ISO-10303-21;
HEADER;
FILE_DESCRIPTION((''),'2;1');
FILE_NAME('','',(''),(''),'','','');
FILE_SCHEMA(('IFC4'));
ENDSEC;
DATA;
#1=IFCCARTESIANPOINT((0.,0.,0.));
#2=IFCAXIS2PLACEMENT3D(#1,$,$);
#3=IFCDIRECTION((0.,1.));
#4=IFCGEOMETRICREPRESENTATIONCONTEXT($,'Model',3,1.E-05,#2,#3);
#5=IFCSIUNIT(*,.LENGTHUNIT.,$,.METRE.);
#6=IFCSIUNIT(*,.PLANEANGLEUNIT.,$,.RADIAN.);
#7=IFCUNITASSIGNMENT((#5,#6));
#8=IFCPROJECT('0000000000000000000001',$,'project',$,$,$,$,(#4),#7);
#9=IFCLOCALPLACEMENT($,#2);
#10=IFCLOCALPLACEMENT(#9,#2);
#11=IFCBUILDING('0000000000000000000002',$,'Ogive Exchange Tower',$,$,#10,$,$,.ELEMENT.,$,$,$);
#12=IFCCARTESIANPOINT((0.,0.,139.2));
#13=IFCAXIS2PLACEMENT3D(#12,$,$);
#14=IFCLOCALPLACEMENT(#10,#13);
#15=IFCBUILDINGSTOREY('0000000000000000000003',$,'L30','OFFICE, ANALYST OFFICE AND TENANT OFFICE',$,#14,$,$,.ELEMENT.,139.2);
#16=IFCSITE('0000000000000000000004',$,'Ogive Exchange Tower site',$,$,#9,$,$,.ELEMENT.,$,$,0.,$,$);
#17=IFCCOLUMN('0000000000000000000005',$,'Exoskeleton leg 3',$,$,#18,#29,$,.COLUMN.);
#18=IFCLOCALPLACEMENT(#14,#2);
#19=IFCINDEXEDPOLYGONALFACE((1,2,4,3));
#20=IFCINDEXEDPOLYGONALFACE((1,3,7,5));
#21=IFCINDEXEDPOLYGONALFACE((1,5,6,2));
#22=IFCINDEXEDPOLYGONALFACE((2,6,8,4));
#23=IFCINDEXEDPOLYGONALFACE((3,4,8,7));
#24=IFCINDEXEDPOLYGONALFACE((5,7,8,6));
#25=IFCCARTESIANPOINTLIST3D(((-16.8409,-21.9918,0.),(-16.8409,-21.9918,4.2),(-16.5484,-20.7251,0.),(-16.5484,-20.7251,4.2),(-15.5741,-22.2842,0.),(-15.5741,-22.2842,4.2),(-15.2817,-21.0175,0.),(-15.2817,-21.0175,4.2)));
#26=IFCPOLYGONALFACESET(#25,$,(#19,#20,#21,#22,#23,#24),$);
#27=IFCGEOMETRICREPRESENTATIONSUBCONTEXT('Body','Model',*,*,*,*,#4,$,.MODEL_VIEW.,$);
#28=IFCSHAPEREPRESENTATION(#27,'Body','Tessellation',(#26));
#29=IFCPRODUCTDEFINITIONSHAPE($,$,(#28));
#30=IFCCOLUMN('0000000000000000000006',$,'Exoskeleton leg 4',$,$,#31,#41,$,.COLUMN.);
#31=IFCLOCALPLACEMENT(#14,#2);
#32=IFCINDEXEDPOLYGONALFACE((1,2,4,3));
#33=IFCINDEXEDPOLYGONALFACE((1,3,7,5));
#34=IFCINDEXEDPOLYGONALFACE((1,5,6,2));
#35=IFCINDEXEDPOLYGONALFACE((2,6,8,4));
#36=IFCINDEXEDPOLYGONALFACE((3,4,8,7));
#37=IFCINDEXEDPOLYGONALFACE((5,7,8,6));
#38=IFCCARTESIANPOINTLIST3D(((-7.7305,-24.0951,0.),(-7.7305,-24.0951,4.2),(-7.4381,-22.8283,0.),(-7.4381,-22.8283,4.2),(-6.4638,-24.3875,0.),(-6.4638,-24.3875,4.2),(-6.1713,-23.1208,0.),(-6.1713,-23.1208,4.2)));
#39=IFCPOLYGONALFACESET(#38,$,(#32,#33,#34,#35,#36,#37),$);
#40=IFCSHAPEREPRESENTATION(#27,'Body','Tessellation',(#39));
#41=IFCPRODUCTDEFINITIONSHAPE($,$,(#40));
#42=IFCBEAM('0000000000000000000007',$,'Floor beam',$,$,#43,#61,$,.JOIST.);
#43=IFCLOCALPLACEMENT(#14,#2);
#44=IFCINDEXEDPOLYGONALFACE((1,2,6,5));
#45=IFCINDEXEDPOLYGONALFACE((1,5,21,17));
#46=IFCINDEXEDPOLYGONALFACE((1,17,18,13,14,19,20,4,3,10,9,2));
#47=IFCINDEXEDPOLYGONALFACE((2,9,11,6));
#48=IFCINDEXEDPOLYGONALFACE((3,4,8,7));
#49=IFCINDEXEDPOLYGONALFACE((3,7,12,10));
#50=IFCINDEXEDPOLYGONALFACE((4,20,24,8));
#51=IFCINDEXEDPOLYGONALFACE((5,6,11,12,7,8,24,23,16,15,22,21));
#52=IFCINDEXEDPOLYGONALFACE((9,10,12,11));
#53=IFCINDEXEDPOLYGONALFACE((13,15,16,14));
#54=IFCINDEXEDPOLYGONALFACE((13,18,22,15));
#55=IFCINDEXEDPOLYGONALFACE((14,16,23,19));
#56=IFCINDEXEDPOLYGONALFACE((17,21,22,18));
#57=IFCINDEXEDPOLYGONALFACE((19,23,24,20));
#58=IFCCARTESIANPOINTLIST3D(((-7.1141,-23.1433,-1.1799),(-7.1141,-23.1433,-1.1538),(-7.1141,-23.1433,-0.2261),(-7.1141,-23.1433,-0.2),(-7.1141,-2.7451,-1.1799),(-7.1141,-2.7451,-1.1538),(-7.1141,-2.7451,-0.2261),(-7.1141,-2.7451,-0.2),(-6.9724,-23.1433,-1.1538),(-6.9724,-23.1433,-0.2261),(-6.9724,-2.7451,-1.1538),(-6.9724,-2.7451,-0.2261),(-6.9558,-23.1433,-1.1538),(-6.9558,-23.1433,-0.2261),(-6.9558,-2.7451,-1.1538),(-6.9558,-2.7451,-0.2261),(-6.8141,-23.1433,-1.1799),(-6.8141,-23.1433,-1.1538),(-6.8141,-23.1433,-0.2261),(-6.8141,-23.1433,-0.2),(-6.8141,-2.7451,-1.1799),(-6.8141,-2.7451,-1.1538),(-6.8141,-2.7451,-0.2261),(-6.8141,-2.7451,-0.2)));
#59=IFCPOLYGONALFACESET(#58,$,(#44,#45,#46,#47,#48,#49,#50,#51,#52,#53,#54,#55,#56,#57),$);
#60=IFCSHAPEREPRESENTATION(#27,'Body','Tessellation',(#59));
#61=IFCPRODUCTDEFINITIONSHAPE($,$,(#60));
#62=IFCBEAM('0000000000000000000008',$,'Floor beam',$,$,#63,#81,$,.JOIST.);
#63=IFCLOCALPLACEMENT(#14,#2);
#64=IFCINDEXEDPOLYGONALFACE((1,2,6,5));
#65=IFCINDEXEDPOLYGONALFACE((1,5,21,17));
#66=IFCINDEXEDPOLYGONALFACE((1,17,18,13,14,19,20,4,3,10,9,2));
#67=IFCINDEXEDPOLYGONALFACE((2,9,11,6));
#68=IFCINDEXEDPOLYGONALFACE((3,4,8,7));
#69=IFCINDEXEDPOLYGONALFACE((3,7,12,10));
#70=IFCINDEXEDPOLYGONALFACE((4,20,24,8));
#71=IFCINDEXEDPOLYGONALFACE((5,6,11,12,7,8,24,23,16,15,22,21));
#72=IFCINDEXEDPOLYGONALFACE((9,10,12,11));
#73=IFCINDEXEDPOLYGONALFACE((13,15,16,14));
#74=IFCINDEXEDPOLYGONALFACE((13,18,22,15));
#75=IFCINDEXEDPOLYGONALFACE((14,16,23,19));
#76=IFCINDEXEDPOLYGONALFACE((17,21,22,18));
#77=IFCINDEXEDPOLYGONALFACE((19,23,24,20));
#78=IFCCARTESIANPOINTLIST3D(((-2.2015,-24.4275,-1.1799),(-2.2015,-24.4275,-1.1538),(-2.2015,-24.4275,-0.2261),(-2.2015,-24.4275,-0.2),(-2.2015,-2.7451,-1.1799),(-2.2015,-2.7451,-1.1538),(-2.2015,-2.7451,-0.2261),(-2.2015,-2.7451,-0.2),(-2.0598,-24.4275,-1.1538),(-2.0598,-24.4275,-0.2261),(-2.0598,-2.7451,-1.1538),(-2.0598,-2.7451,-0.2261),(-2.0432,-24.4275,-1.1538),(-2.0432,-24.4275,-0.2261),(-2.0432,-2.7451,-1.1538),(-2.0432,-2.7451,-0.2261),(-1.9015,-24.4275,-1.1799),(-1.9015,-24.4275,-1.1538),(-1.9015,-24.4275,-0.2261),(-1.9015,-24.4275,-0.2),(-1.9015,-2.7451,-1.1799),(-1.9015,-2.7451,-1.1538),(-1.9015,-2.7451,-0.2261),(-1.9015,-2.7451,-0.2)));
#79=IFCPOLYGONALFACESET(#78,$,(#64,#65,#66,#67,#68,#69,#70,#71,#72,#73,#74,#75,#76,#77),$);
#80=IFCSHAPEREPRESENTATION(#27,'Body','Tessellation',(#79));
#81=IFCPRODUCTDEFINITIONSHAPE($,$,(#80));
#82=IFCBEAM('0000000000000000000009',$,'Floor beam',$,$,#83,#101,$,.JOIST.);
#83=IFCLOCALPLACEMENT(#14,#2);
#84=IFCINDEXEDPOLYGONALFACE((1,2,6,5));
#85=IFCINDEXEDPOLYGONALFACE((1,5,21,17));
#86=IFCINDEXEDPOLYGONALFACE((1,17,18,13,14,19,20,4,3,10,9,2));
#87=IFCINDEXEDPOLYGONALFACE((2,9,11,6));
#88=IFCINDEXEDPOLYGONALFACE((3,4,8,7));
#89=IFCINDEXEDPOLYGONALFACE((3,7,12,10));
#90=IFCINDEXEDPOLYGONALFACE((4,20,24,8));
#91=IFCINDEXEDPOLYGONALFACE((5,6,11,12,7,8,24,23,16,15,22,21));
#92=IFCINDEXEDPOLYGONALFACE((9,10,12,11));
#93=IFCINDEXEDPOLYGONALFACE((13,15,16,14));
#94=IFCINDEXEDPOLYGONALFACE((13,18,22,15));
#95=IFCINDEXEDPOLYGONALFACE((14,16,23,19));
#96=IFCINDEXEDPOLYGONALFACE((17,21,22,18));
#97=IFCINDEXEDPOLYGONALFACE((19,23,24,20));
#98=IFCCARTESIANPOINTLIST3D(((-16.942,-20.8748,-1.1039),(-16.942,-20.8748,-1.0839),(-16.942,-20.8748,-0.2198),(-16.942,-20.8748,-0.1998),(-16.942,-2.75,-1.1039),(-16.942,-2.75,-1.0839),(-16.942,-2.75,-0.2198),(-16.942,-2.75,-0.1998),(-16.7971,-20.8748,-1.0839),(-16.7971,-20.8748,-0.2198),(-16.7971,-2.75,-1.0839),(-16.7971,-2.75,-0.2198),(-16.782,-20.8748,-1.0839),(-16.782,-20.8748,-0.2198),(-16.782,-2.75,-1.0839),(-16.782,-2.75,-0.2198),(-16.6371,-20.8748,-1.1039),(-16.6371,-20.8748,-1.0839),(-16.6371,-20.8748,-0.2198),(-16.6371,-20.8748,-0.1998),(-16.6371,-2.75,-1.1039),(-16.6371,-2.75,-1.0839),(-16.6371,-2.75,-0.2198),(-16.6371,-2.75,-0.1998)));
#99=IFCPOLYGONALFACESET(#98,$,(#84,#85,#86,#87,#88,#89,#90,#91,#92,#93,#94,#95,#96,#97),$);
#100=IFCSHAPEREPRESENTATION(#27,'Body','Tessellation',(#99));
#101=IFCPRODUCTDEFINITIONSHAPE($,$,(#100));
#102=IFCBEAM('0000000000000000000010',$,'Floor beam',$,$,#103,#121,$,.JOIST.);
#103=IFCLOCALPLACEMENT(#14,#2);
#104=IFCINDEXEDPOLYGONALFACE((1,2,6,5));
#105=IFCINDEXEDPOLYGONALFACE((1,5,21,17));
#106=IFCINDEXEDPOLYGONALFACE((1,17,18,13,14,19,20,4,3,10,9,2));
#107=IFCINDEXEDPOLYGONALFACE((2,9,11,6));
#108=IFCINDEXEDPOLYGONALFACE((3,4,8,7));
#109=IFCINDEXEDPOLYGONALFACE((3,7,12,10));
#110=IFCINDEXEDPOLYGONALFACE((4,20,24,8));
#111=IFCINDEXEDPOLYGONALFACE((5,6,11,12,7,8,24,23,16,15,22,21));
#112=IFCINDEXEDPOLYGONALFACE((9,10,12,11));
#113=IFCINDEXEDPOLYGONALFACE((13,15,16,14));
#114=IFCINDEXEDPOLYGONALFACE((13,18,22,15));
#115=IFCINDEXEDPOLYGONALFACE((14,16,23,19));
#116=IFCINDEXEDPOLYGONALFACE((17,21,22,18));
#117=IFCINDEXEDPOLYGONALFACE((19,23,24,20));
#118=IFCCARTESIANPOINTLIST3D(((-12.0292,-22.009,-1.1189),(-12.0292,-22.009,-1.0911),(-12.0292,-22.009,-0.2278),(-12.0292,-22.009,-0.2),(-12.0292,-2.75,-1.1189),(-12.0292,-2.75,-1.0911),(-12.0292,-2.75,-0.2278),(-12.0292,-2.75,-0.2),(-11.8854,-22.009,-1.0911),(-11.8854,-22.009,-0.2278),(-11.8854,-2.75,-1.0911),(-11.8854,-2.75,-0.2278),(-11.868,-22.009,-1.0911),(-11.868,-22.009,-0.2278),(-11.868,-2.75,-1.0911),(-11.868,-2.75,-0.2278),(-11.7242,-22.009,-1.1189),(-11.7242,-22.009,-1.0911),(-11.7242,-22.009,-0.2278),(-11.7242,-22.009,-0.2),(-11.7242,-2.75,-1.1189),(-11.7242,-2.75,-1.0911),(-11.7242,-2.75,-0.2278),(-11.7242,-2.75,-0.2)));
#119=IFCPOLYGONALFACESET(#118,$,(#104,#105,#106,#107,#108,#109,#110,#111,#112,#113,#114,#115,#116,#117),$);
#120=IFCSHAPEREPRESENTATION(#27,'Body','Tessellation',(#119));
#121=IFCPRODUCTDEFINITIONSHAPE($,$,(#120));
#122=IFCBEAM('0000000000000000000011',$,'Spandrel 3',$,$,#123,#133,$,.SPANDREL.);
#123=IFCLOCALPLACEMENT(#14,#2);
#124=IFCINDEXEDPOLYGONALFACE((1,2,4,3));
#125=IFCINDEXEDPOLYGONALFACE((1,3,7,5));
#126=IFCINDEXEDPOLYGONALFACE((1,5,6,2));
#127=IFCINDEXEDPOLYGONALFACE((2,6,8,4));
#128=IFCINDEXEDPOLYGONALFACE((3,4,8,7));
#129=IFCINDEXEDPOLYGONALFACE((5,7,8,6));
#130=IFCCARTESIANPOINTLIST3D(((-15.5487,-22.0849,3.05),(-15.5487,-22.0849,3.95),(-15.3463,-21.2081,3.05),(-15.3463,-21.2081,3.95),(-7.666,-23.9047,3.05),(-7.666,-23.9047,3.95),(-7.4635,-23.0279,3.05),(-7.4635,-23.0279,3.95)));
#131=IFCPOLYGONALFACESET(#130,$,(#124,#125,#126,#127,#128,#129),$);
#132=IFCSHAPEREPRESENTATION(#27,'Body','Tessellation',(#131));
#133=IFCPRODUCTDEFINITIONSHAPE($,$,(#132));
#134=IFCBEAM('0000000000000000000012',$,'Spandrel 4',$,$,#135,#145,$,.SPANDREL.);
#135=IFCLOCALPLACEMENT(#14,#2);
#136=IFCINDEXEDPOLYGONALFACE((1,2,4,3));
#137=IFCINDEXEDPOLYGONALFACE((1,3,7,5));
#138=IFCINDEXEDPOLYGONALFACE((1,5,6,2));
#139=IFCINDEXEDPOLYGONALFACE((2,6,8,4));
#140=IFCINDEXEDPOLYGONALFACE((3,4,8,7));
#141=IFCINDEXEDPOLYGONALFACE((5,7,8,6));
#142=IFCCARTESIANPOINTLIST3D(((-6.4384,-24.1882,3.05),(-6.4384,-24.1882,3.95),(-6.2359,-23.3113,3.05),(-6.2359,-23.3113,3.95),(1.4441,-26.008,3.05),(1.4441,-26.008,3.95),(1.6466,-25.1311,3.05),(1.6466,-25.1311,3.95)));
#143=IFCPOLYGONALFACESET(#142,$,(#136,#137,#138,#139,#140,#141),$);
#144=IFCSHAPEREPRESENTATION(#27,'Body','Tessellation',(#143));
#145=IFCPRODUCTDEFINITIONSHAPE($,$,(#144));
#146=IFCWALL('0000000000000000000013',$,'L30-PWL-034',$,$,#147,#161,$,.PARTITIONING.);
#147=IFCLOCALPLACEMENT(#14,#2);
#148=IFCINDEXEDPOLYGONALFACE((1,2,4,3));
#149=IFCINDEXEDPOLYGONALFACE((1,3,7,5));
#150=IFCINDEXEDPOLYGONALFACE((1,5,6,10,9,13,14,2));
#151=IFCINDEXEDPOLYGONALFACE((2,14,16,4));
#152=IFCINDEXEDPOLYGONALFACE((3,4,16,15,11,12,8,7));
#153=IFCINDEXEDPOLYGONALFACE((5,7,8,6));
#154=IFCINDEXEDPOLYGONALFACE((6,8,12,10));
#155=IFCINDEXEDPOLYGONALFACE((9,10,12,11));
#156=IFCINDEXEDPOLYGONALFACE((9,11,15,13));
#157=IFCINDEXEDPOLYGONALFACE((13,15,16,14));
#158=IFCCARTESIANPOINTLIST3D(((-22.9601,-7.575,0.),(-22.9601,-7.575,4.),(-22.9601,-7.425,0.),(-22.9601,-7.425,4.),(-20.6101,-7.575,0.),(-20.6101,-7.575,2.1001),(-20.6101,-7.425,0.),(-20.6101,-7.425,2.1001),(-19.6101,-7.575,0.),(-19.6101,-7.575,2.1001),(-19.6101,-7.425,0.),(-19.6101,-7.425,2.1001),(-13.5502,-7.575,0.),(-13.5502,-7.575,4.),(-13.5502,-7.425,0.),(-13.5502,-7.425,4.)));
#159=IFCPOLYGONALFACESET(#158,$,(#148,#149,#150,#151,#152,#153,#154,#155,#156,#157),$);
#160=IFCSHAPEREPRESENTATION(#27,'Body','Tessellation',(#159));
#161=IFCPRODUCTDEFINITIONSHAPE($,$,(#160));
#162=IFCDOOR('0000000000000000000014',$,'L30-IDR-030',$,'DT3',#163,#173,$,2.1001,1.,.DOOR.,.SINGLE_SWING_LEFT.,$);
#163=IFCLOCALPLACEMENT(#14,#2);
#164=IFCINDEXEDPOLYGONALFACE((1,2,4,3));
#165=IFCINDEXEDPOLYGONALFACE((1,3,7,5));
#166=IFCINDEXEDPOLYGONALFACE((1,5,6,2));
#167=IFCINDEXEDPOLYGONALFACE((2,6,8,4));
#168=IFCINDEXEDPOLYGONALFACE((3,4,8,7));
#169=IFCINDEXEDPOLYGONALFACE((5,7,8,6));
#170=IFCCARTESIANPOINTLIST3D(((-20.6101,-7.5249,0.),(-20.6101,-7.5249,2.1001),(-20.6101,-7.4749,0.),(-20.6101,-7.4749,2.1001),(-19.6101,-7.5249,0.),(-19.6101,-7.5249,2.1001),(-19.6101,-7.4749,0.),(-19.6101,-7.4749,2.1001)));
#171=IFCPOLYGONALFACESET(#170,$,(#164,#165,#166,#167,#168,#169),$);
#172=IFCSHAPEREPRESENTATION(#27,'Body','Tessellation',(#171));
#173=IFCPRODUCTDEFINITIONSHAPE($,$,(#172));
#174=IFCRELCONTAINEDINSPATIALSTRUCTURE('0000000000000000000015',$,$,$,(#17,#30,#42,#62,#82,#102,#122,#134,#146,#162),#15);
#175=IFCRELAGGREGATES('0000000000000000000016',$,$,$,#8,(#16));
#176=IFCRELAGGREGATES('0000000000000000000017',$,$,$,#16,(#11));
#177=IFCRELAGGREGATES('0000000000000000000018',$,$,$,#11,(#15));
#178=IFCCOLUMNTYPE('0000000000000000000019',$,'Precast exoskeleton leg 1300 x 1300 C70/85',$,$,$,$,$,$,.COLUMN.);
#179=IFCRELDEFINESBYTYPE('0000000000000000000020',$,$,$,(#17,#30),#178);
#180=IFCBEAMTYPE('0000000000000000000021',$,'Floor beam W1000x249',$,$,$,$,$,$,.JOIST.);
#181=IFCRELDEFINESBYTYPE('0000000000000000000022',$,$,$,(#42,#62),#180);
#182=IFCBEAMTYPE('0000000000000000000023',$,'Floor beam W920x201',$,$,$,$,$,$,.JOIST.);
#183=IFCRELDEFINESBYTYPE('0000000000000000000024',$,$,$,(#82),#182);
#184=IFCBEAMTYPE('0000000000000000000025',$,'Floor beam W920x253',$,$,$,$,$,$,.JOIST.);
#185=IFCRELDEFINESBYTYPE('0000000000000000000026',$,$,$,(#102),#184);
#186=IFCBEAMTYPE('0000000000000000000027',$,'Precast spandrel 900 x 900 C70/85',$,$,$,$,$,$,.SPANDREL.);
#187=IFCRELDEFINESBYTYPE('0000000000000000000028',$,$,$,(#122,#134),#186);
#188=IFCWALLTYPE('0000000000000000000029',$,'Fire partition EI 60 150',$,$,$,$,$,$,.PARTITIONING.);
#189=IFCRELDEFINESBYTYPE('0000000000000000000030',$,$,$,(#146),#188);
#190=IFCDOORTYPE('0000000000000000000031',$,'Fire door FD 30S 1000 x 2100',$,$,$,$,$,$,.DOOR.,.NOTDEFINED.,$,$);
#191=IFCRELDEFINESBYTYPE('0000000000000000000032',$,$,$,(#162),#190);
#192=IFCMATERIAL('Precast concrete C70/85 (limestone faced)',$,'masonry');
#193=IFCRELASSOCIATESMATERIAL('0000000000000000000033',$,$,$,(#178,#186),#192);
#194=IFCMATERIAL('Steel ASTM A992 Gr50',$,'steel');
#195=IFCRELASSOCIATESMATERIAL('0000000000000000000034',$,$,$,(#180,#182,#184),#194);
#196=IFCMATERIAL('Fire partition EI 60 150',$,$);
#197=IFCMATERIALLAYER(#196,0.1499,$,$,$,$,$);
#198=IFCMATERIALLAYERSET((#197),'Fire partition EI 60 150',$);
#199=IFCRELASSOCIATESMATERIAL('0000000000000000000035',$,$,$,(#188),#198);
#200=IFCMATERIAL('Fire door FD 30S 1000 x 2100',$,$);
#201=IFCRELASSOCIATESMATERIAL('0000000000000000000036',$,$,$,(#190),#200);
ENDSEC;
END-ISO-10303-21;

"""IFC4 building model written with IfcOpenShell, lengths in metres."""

from ifc_helpers import new_model, si_unit, direction, frame, frame_2d, origin, origin_2d, place, context, subcontext, project, spatial, rectangle, i_section, extrude, material, layer, layer_set, material_profile, profile_set, type_object, element, fill, save


model = new_model("IFC4")

# Units and contexts
model_context = context("Model", 3, precision=1e-05, world=origin(), true_north=direction((0.0, 1.0)))
body_context = subcontext(model_context, "Body", "Model", "MODEL_VIEW")
ifc_project = project(units=[si_unit("LENGTHUNIT", "METRE"), si_unit("PLANEANGLEUNIT", "RADIAN")], contexts=[model_context])

# Site, building, storey
site_placement = place(None, origin())
site = spatial("IfcSite", under=ifc_project, at=site_placement, Name="Ogive Exchange Tower site", CompositionType="ELEMENT", RefElevation=0.0)
building_placement = place(site_placement, origin())
building = spatial("IfcBuilding", under=site, at=building_placement, Name="Ogive Exchange Tower", CompositionType="ELEMENT")
storey_placement = place(building_placement, frame((0.0, 0.0, 139.2)))
storey = spatial("IfcBuildingStorey", under=building, at=storey_placement, Name="L30", Description="OFFICE, ANALYST OFFICE AND TENANT OFFICE", CompositionType="ELEMENT", Elevation=139.2)

# Columns
ifc_material_1 = material(Name="Precast concrete C70/85 (limestone faced)", Category="masonry")
ifc_material_profile_1 = material_profile(ifc_material_1, rectangle(XDim=1.3, YDim=1.3, at=origin_2d()), Name="1300 x 1300")
ifc_profile_set_1 = profile_set([ifc_material_profile_1], Name="Precast concrete C70/85 (limestone faced)")
column_type = type_object("IfcColumnType", Name="Precast exoskeleton leg 1300 x 1300 C70/85", PredefinedType="COLUMN", material=ifc_profile_set_1)
for number, where, z_axis, x_axis, name in (
    (1, (-16.0613, -21.5046, 0.0), (0.0, 0.0, 1.0), (0.97437, -0.224951, 0.0), "Exoskeleton leg 3"),
    (2, (-6.9509, -23.6079, 0.0), (0.0, 0.0, 1.0), (0.97437, -0.224951, 0.0), "Exoskeleton leg 4"),
):
    element("IfcColumn", number, at=place(storey_placement, frame(where, z_axis=z_axis, x_axis=x_axis)), inside=storey, type_object=column_type, Name=name, PredefinedType="COLUMN", context=body_context, shape_type="SweptSolid", body=[
        extrude(rectangle(XDim=1.3, YDim=1.3, at=origin_2d()), origin(), (0.0, 0.0, 1.0), 4.2),
    ])

# Beams
ifc_material_2 = material(Name="Steel ASTM A992 Gr50", Category="steel")
ifc_material_profile_2 = material_profile(ifc_material_2, i_section(OverallWidth=0.3, OverallDepth=0.98, WebThickness=0.0166, FlangeThickness=0.0261, at=origin_2d()), Name="W1000x249")
ifc_profile_set_2 = profile_set([ifc_material_profile_2], Name="Steel ASTM A992 Gr50")
beam_type_1 = type_object("IfcBeamType", Name="Floor beam W1000x249", PredefinedType="JOIST", material=ifc_profile_set_2)
beam_1_placement = place(storey_placement, frame((-6.9641, -23.1433, -0.6899), z_axis=(0.0, 1.0, 0.0), x_axis=(-1.0, 0.0, 0.0)))
element("IfcBeam", 3, at=beam_1_placement, inside=storey, type_object=beam_type_1, Name="Floor beam", PredefinedType="JOIST", context=body_context, shape_type="SweptSolid", body=[
    extrude(i_section(OverallWidth=0.3, OverallDepth=0.98, WebThickness=0.0166, FlangeThickness=0.0261, at=origin_2d()), origin(), (0.0, 0.0, 1.0), 20.3982),
])
beam_2_placement = place(storey_placement, frame((-2.0515, -24.4275, -0.6899), z_axis=(0.0, 1.0, 0.0), x_axis=(-1.0, 0.0, 0.0)))
element("IfcBeam", 4, at=beam_2_placement, inside=storey, type_object=beam_type_1, Name="Floor beam", PredefinedType="JOIST", context=body_context, shape_type="SweptSolid", body=[
    extrude(i_section(OverallWidth=0.3, OverallDepth=0.98, WebThickness=0.0166, FlangeThickness=0.0261, at=origin_2d()), origin(), (0.0, 0.0, 1.0), 21.6824),
])
ifc_material_profile_3 = material_profile(ifc_material_2, i_section(OverallWidth=0.3049, OverallDepth=0.9041, WebThickness=0.0151, FlangeThickness=0.02, at=origin_2d()), Name="W920x201")
ifc_profile_set_3 = profile_set([ifc_material_profile_3], Name="Steel ASTM A992 Gr50")
beam_type_2 = type_object("IfcBeamType", Name="Floor beam W920x201", PredefinedType="JOIST", material=ifc_profile_set_3)
beam_3_placement = place(storey_placement, frame((-16.7896, -20.8748, -0.6519), z_axis=(0.0, 1.0, 0.0), x_axis=(-1.0, 0.0, 0.0)))
element("IfcBeam", 5, at=beam_3_placement, inside=storey, type_object=beam_type_2, Name="Floor beam", PredefinedType="JOIST", context=body_context, shape_type="SweptSolid", body=[
    extrude(i_section(OverallWidth=0.3049, OverallDepth=0.9041, WebThickness=0.0151, FlangeThickness=0.02, at=origin_2d()), origin(), (0.0, 0.0, 1.0), 18.1248),
])
ifc_material_profile_4 = material_profile(ifc_material_2, i_section(OverallWidth=0.3049, OverallDepth=0.9189, WebThickness=0.0173, FlangeThickness=0.0278, at=origin_2d()), Name="W920x253")
ifc_profile_set_4 = profile_set([ifc_material_profile_4], Name="Steel ASTM A992 Gr50")
beam_type_3 = type_object("IfcBeamType", Name="Floor beam W920x253", PredefinedType="JOIST", material=ifc_profile_set_4)
beam_4_placement = place(storey_placement, frame((-11.8767, -22.009, -0.6594), z_axis=(0.0, 1.0, 0.0), x_axis=(-1.0, 0.0, 0.0)))
element("IfcBeam", 6, at=beam_4_placement, inside=storey, type_object=beam_type_3, Name="Floor beam", PredefinedType="JOIST", context=body_context, shape_type="SweptSolid", body=[
    extrude(i_section(OverallWidth=0.3049, OverallDepth=0.9189, WebThickness=0.0173, FlangeThickness=0.0278, at=origin_2d()), origin(), (0.0, 0.0, 1.0), 19.259),
])
ifc_material_profile_5 = material_profile(ifc_material_1, rectangle(XDim=0.8999, YDim=0.8999, at=origin_2d()), Name="900 x 900")
ifc_profile_set_5 = profile_set([ifc_material_profile_5], Name="Precast concrete C70/85 (limestone faced)")
beam_type_4 = type_object("IfcBeamType", Name="Precast spandrel 900 x 900 C70/85", PredefinedType="SPANDREL", material=ifc_profile_set_5)
beam_5_placement = place(storey_placement, frame((-15.4475, -21.6465, 3.5), z_axis=(0.974372, -0.224943, 0.0), x_axis=(0.224943, 0.974372, 0.0)))
element("IfcBeam", 7, at=beam_5_placement, inside=storey, type_object=beam_type_4, Name="Spandrel 3", PredefinedType="SPANDREL", context=body_context, shape_type="SweptSolid", body=[
    extrude(rectangle(XDim=0.8999, YDim=0.8999, at=origin_2d()), origin(), (0.0, 0.0, 1.0), 8.0901),
])
beam_6_placement = place(storey_placement, frame((-6.3372, -23.7498, 3.5), z_axis=(0.97437, -0.22495, 0.0), x_axis=(0.22495, 0.97437, 0.0)))
element("IfcBeam", 8, at=beam_6_placement, inside=storey, type_object=beam_type_4, Name="Spandrel 4", PredefinedType="SPANDREL", context=body_context, shape_type="SweptSolid", body=[
    extrude(rectangle(XDim=0.8999, YDim=0.8999, at=origin_2d()), origin(), (0.0, 0.0, 1.0), 8.0898),
])

# Wall, opening, door
ifc_material_3 = material(Name="Fire partition EI 60 150")
ifc_layer_1 = layer(ifc_material_3, 0.1499)
ifc_layer_set_1 = layer_set([ifc_layer_1], Name="Fire partition EI 60 150")
wall_type_1 = type_object("IfcWallType", Name="Fire partition EI 60 150", PredefinedType="PARTITIONING", material=ifc_layer_set_1)
wall_1_placement = place(storey_placement, frame((-13.55, -7.5, 0.0), z_axis=(0.0, 0.0, 1.0), x_axis=(-1.0, 0.0, 0.0)))
wall_1 = element("IfcWall", 9, at=wall_1_placement, inside=storey, type_object=wall_type_1, Name="L30-PWL-034", PredefinedType="PARTITIONING", context=body_context, shape_type="SweptSolid", body=[
    extrude(rectangle(XDim=9.4099, YDim=0.1499, at=frame_2d((4.7051, 0.0))), origin(), (0.0, 0.0, 1.0), 4.0),
])
opening_1_placement = place(wall_1_placement, frame((6.0601, 0.0, 0.0)))
opening_1 = element("IfcOpeningElement", 10, at=opening_1_placement, cuts=wall_1, PredefinedType="OPENING", context=body_context, shape_type="SweptSolid", body=[
    extrude(rectangle(XDim=1.0, YDim=2.1001, at=frame_2d((0.5, 1.05))), frame((0.0, 0.085, 0.0), z_axis=(0.0, -1.0, 0.0), x_axis=(1.0, 0.0, 0.0)), (0.0, 0.0, 1.0), 0.1699),
])
ifc_material_4 = material(Name="Fire door FD 30S 1000 x 2100")
door_type_1 = type_object("IfcDoorType", Name="Fire door FD 30S 1000 x 2100", OperationType="NOTDEFINED", PredefinedType="DOOR", material=ifc_material_4)
door_1_placement = place(opening_1_placement, origin())
door_1 = element("IfcDoor", 11, at=door_1_placement, inside=storey, type_object=door_type_1, Name="L30-IDR-030", ObjectType="DT3", OperationType="SINGLE_SWING_LEFT", OverallHeight=2.1001, OverallWidth=1.0, PredefinedType="DOOR", context=body_context, shape_type="SweptSolid", body=[
    extrude(rectangle(XDim=1.0, YDim=2.1001, at=frame_2d((0.5, 1.05))), frame((0.0, 0.0249, 0.0), z_axis=(0.0, -1.0, 0.0), x_axis=(1.0, 0.0, 0.0)), (0.0, 0.0, 1.0), 0.05),
])
fill(opening_1, door_1)

save(model, "model.ifc")
